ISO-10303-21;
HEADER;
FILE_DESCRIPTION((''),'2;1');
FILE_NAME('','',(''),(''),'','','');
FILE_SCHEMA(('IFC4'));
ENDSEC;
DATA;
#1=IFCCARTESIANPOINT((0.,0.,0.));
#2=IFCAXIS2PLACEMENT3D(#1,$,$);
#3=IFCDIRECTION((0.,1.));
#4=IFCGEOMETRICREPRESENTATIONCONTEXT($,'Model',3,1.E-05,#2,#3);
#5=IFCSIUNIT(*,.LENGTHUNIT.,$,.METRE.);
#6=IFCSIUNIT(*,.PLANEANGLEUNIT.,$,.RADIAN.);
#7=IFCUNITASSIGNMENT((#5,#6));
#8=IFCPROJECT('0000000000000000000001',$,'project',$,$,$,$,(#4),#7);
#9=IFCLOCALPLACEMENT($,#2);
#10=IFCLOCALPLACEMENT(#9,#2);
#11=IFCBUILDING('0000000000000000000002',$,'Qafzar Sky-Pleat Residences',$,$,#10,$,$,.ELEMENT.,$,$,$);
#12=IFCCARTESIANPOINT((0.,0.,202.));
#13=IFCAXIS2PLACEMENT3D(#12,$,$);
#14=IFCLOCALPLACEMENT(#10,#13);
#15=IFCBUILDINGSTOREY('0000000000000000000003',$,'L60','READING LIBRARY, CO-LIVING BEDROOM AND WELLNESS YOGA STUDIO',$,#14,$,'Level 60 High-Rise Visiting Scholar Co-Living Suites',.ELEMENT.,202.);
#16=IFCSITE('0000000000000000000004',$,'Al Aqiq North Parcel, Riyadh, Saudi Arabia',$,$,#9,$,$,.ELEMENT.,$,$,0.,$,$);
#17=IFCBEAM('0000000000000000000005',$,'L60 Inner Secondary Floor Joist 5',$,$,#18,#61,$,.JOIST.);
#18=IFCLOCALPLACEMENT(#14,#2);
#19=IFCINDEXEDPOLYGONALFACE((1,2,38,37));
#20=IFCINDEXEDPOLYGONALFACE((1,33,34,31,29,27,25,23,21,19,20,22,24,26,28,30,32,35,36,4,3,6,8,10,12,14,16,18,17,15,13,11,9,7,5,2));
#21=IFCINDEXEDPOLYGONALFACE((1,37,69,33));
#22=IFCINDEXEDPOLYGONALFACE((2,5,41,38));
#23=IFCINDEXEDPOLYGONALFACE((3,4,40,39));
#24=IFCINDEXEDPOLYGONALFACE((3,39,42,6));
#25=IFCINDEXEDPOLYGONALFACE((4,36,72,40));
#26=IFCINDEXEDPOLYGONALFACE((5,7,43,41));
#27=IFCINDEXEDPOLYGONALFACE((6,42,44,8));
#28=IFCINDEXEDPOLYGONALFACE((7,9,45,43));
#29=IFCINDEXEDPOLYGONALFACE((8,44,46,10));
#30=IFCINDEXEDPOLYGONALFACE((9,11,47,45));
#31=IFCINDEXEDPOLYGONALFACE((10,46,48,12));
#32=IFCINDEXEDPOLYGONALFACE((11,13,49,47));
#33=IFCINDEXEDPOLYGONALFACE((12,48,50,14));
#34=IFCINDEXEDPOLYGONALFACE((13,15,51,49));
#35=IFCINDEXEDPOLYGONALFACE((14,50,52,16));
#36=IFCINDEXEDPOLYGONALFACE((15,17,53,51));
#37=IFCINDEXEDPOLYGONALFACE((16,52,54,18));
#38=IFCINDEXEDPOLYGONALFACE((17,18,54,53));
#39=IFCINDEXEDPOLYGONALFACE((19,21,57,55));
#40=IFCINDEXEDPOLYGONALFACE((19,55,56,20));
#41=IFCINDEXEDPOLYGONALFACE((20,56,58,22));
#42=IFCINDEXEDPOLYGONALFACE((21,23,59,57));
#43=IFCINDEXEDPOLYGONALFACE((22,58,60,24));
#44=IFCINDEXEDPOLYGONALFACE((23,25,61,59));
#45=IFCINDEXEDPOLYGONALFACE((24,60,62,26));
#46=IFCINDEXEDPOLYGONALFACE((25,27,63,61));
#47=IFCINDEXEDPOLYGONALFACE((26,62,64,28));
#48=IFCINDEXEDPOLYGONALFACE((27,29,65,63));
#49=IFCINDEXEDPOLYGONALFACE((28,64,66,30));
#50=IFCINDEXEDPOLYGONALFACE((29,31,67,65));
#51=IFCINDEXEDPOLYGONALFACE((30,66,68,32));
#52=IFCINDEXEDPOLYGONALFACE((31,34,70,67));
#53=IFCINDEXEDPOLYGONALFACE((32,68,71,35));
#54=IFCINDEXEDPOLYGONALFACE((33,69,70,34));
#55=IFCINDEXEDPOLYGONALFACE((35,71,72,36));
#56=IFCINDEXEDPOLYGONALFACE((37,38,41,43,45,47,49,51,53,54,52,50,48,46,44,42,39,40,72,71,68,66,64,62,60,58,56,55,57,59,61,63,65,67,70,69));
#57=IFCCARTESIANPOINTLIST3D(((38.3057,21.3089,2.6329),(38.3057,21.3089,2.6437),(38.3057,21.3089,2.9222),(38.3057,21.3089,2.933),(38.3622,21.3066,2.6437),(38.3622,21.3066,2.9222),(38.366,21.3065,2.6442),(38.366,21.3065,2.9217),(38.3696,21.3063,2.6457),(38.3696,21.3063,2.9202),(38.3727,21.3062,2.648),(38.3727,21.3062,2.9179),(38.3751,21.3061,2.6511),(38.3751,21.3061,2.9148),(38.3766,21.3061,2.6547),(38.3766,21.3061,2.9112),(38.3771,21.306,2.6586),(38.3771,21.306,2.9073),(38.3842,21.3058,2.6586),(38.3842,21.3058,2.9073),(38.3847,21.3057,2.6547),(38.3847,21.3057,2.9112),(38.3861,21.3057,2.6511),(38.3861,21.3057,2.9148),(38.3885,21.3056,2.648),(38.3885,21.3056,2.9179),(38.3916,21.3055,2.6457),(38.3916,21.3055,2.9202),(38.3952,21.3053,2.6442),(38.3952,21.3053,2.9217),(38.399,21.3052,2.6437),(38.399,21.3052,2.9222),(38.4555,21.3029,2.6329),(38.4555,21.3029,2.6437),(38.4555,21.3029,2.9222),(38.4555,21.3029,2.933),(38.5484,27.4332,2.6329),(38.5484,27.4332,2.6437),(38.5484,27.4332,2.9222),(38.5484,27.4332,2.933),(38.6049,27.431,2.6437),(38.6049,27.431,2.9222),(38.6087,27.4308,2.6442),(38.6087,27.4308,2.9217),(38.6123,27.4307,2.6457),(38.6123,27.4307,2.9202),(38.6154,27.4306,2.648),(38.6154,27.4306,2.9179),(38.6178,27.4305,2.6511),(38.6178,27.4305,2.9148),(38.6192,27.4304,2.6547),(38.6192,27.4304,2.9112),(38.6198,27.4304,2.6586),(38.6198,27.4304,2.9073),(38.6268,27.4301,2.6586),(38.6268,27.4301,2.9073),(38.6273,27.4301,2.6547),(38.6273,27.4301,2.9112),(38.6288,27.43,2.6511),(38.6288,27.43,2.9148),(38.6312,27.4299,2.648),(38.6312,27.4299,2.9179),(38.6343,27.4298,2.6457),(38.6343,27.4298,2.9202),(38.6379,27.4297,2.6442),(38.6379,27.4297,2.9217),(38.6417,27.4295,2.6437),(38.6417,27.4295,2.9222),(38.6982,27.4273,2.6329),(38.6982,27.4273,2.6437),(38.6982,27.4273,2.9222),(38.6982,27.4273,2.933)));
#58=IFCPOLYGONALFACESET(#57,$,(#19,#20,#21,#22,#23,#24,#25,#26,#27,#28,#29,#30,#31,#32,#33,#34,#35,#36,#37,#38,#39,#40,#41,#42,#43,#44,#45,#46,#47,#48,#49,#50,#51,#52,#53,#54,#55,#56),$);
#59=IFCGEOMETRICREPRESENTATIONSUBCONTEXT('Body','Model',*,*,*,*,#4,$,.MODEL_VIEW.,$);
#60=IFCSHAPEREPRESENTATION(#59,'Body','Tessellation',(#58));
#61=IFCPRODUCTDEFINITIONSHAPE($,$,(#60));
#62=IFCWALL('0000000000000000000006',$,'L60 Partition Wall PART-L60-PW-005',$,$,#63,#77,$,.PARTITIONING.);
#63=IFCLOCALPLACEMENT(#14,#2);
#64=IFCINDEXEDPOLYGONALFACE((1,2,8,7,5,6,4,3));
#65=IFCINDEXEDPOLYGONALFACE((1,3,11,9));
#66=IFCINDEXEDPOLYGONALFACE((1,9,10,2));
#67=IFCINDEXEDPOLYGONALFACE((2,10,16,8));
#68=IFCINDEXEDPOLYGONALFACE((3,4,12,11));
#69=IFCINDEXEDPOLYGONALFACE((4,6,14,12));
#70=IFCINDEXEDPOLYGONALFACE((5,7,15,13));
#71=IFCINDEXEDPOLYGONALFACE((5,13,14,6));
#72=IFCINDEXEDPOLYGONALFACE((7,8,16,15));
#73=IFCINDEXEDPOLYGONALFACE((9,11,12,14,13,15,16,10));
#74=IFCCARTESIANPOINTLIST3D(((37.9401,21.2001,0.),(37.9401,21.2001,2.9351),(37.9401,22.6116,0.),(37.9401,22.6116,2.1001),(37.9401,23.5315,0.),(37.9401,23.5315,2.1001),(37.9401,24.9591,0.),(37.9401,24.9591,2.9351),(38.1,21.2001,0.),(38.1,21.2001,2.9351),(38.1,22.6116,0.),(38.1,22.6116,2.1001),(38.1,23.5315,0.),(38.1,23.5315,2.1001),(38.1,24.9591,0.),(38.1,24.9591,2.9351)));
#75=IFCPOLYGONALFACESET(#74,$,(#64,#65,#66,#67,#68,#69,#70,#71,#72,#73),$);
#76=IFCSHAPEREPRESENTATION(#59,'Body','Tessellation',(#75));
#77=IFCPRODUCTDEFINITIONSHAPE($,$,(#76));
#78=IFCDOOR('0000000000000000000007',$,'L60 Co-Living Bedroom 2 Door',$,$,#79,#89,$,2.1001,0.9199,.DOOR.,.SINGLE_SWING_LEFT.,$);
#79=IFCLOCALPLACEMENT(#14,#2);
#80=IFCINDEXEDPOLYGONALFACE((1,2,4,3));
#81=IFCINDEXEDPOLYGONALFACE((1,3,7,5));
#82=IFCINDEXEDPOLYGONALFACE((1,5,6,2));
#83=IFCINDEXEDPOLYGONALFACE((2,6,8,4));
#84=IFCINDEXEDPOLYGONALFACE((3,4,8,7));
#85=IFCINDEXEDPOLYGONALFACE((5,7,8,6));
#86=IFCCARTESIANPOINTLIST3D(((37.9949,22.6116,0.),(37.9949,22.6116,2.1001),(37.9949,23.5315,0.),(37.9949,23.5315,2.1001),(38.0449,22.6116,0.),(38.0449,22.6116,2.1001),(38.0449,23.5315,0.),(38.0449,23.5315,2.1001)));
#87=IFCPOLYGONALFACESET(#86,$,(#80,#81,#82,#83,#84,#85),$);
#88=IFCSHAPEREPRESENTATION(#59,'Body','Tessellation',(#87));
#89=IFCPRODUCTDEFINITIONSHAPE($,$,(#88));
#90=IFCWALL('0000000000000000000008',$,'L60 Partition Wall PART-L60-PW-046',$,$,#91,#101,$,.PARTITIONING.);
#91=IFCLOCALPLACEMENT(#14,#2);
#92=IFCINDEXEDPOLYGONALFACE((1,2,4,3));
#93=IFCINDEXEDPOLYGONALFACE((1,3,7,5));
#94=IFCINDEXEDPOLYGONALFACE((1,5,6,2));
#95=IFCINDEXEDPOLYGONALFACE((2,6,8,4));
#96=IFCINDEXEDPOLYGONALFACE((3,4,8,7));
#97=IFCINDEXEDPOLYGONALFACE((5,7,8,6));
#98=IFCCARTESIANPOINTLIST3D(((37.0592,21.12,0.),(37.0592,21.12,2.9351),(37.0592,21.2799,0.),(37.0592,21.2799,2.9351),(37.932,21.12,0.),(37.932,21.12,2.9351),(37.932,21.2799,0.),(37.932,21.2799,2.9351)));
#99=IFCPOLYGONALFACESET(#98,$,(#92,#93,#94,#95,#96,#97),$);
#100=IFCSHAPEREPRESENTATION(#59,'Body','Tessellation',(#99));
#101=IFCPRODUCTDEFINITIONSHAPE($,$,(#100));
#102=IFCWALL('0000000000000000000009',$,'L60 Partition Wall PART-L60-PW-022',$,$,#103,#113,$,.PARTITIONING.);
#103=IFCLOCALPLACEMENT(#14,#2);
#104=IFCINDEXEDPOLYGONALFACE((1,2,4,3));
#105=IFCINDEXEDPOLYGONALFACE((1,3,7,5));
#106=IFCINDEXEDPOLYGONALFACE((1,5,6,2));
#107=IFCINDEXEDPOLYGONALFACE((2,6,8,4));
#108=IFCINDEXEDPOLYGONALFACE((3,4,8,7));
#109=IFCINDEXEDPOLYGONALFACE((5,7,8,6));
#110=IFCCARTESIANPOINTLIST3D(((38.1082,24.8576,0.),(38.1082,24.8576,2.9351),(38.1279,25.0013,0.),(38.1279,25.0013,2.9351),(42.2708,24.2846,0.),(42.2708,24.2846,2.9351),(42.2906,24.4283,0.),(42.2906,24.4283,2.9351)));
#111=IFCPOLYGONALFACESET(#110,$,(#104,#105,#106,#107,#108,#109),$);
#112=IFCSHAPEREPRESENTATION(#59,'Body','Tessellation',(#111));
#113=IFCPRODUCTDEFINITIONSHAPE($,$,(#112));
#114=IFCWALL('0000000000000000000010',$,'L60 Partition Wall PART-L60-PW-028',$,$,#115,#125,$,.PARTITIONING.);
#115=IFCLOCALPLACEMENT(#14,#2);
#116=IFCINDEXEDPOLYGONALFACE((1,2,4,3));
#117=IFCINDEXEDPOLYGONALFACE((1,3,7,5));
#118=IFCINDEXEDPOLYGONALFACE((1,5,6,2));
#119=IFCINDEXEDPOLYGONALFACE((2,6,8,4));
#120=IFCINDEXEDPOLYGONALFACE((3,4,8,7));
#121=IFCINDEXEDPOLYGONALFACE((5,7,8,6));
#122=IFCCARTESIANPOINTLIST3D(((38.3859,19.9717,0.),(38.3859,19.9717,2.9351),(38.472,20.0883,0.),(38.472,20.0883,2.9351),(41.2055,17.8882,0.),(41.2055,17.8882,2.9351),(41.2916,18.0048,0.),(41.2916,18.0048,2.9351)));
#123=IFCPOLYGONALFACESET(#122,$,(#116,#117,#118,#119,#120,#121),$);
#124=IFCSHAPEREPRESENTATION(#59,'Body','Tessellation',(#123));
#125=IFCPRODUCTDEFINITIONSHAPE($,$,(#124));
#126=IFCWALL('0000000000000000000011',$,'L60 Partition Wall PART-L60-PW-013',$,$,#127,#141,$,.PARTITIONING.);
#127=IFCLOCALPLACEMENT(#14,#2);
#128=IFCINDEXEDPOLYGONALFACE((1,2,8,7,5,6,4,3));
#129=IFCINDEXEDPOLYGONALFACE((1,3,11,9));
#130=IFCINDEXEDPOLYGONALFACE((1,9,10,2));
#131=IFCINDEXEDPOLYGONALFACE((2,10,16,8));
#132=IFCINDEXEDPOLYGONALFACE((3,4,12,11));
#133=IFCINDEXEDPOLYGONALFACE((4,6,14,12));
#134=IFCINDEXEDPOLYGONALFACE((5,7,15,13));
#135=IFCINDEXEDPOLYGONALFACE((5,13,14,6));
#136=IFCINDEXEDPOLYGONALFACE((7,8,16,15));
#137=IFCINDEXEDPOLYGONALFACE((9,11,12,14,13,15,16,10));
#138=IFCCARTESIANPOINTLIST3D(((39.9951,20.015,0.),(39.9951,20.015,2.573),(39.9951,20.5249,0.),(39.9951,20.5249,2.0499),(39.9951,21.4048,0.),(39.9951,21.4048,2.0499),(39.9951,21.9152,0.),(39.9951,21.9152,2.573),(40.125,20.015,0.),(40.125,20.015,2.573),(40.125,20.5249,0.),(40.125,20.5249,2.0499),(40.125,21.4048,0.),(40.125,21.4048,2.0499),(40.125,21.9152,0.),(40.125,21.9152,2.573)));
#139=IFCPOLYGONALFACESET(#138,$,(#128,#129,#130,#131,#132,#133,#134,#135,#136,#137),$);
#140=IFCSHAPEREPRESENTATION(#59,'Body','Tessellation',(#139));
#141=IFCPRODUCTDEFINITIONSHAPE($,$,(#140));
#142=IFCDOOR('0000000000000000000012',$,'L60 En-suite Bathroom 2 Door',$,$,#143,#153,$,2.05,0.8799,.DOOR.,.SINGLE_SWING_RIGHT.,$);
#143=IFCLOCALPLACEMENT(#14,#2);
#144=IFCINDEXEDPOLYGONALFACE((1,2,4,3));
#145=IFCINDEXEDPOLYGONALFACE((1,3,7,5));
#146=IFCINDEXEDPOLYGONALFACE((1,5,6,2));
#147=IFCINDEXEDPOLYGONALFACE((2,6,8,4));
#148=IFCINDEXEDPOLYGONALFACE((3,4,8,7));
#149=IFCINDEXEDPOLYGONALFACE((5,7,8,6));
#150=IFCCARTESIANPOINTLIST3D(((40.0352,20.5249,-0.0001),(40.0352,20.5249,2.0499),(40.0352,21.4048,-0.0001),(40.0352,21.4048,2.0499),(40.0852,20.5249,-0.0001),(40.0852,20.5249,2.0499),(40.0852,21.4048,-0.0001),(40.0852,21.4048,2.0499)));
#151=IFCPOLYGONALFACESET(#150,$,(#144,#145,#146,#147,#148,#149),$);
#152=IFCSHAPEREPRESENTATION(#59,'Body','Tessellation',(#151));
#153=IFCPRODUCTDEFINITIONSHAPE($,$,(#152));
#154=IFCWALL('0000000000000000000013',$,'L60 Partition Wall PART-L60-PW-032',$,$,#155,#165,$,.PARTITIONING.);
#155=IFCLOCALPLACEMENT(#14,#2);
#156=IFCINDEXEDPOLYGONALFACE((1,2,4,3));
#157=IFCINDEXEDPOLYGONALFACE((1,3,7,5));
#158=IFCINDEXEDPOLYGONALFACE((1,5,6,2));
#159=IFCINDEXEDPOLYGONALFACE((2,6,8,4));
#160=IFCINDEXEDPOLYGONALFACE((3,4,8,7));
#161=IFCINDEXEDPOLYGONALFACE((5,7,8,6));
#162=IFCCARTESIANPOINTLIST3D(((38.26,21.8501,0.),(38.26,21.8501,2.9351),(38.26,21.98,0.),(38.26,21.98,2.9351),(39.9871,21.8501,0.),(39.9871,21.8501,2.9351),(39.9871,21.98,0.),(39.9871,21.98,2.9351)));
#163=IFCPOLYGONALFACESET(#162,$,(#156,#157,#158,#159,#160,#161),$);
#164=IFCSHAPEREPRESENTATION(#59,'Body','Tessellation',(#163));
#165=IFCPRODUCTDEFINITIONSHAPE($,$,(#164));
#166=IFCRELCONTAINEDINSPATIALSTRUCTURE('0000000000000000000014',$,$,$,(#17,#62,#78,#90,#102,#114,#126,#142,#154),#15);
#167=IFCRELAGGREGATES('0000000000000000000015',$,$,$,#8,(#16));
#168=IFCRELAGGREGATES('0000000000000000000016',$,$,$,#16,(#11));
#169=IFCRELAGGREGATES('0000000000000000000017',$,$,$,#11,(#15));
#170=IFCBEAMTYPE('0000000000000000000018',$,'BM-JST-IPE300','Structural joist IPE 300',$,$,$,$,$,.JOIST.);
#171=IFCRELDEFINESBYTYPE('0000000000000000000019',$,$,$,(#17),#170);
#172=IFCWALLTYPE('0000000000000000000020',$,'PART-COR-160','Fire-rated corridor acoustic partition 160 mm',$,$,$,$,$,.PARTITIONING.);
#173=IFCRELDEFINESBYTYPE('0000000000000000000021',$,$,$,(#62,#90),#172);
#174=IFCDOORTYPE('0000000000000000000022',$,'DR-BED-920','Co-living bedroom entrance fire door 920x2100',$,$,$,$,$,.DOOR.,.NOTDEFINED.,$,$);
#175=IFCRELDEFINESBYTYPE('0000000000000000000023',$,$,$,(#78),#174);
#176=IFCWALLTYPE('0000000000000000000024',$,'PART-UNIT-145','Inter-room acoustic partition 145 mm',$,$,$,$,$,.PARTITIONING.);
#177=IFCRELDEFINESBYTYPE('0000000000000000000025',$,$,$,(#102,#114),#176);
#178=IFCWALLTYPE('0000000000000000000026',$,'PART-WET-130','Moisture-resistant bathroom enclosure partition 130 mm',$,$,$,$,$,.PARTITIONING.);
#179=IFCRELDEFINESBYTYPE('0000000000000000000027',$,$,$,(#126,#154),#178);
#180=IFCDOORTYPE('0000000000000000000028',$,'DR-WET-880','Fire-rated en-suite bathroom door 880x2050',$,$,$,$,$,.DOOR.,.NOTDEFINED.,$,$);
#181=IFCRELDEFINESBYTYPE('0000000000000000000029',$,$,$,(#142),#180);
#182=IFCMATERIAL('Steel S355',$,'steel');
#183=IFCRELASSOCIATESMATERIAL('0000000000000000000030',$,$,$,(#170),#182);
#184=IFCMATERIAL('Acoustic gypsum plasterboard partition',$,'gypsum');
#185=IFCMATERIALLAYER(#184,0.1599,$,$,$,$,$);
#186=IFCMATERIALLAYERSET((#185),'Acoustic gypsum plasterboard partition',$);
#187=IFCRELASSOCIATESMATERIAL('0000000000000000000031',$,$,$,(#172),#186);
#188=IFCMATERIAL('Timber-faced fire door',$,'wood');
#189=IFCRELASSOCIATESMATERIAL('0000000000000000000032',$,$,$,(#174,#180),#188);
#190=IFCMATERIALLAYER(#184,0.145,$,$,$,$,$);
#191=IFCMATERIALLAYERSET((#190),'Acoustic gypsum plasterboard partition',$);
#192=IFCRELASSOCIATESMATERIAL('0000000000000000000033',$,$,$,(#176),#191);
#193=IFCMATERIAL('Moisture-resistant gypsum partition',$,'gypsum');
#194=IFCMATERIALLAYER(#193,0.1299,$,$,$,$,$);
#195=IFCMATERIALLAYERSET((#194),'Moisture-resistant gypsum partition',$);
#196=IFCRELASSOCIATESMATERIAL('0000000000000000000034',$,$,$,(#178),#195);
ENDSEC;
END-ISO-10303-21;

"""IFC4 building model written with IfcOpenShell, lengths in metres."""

from ifc_helpers import new_model, si_unit, direction, frame, frame_2d, origin, origin_2d, place, context, subcontext, project, spatial, rectangle, i_section, extrude, source, transform, mapped, material, layer, layer_set, material_profile, profile_set, type_object, element, fill, save


model = new_model("IFC4")

# Units and contexts
model_context = context("Model", 3, precision=1e-05, world=origin(), true_north=direction((0.0, 1.0)))
body_context = subcontext(model_context, "Body", "Model", "MODEL_VIEW")
ifc_project = project(units=[si_unit("LENGTHUNIT", "METRE"), si_unit("PLANEANGLEUNIT", "RADIAN")], contexts=[model_context])

# Site, building, storey
site_placement = place(None, origin())
site = spatial("IfcSite", under=ifc_project, at=site_placement, Name="Al Aqiq North Parcel, Riyadh, Saudi Arabia", CompositionType="ELEMENT", RefElevation=0.0)
building_placement = place(site_placement, origin())
building = spatial("IfcBuilding", under=site, at=building_placement, Name="Qafzar Sky-Pleat Residences", CompositionType="ELEMENT")
storey_placement = place(building_placement, frame((0.0, 0.0, 202.0)))
storey = spatial("IfcBuildingStorey", under=building, at=storey_placement, Name="L60", Description="READING LIBRARY, CO-LIVING BEDROOM AND WELLNESS YOGA STUDIO", LongName="Level 60 High-Rise Visiting Scholar Co-Living Suites", CompositionType="ELEMENT", Elevation=202.0)

# Shared definitions
ifc_material_1 = material(Name="Steel S355", Category="steel")

# Beam
ifc_material_profile_1 = material_profile(ifc_material_1, i_section(OverallWidth=0.1499, OverallDepth=0.3, WebThickness=0.0071, FlangeThickness=0.0107, FilletRadius=0.0149, at=origin_2d()), Name="IPE 300")
ifc_profile_set_1 = profile_set([ifc_material_profile_1], Name="Steel S355")
beam_type_1 = type_object("IfcBeamType", Name="BM-JST-IPE300", Description="Structural joist IPE 300", PredefinedType="JOIST", material=ifc_profile_set_1)
shared_shape_1 = source(origin(), body_context, "Body", "SweptSolid", [
    extrude(i_section(OverallWidth=0.1499, OverallDepth=0.3, WebThickness=0.0071, FlangeThickness=0.0107, FilletRadius=0.0149, at=origin_2d()), origin(), (0.0, 0.0, 1.0), 6.1292),
])
beam_1_placement = place(storey_placement, frame((38.3806, 21.3059, 2.783), z_axis=(0.039594, 0.999216, 0.0), x_axis=(-0.999216, 0.039594, 0.0)))
element("IfcBeam", 1, at=beam_1_placement, inside=storey, type_object=beam_type_1, Name="L60 Inner Secondary Floor Joist 5", PredefinedType="JOIST", context=body_context, shape_type="MappedRepresentation", body=[
    mapped(shared_shape_1, transform((0.0, 0.0, 0.0), x_axis=(1.0, 0.0, 0.0), y_axis=(0.0, 1.0, 0.0), z_axis=(0.0, 0.0, 1.0), scale=1.0)),
])

# Wall, opening, door
ifc_material_2 = material(Name="Acoustic gypsum plasterboard partition", Category="gypsum")
ifc_layer_1 = layer(ifc_material_2, 0.1599)
ifc_layer_set_1 = layer_set([ifc_layer_1], Name="Acoustic gypsum plasterboard partition")
wall_type_1 = type_object("IfcWallType", Name="PART-COR-160", Description="Fire-rated corridor acoustic partition 160 mm", PredefinedType="PARTITIONING", material=ifc_layer_set_1)
wall_1_placement = place(storey_placement, frame((38.02, 24.959, 0.0), z_axis=(0.0, 0.0, 1.0), x_axis=(0.0, -1.0, 0.0)))
wall_1 = element("IfcWall", 2, at=wall_1_placement, inside=storey, type_object=wall_type_1, Name="L60 Partition Wall PART-L60-PW-005", PredefinedType="PARTITIONING", context=body_context, shape_type="SweptSolid", body=[
    extrude(rectangle(XDim=3.759, YDim=0.1599, at=frame_2d((1.8794, 0.0))), origin(), (0.0, 0.0, 1.0), 2.9351),
])
opening_1_placement = place(wall_1_placement, frame((1.4275, 0.0, 0.0)))
opening_1 = element("IfcOpeningElement", 3, at=opening_1_placement, cuts=wall_1, PredefinedType="OPENING", context=body_context, shape_type="SweptSolid", body=[
    extrude(rectangle(XDim=0.9199, YDim=2.1001, at=frame_2d((0.46, 1.05))), frame((0.0, 0.0898, 0.0), z_axis=(0.0, -1.0, 0.0), x_axis=(1.0, 0.0, 0.0)), (0.0, 0.0, 1.0), 0.1799),
])
ifc_material_3 = material(Name="Timber-faced fire door", Category="wood")
door_type_1 = type_object("IfcDoorType", Name="DR-BED-920", Description="Co-living bedroom entrance fire door 920x2100", OperationType="NOTDEFINED", PredefinedType="DOOR", material=ifc_material_3)
shared_shape_2 = source(origin(), body_context, "Body", "SweptSolid", [
    extrude(rectangle(XDim=0.9199, YDim=2.1001, at=frame_2d((0.46, 1.05))), frame((0.0, 0.0249, 0.0), z_axis=(0.0, -1.0, 0.0), x_axis=(1.0, 0.0, 0.0)), (0.0, 0.0, 1.0), 0.05),
])
door_1_placement = place(opening_1_placement, origin())
door_1 = element("IfcDoor", 4, at=door_1_placement, inside=storey, type_object=door_type_1, Name="L60 Co-Living Bedroom 2 Door", OperationType="SINGLE_SWING_LEFT", OverallHeight=2.1001, OverallWidth=0.9199, PredefinedType="DOOR", context=body_context, shape_type="MappedRepresentation", body=[
    mapped(shared_shape_2, transform((0.0, 0.0, 0.0), x_axis=(1.0, 0.0, 0.0), y_axis=(0.0, 1.0, 0.0), z_axis=(0.0, 0.0, 1.0), scale=1.0)),
])
fill(opening_1, door_1)

# Walls
wall_2_placement = place(storey_placement, frame((37.0591, 21.2, 0.0), z_axis=(0.0, 0.0, 1.0), x_axis=(1.0, 0.0, 0.0)))
element("IfcWall", 5, at=wall_2_placement, inside=storey, type_object=wall_type_1, Name="L60 Partition Wall PART-L60-PW-046", PredefinedType="PARTITIONING", context=body_context, shape_type="SweptSolid", body=[
    extrude(rectangle(XDim=0.8728, YDim=0.1599, at=frame_2d((0.4365, 0.0))), origin(), (0.0, 0.0, 1.0), 2.9351),
])
ifc_layer_2 = layer(ifc_material_2, 0.145)
ifc_layer_set_2 = layer_set([ifc_layer_2], Name="Acoustic gypsum plasterboard partition")
wall_type_2 = type_object("IfcWallType", Name="PART-UNIT-145", Description="Inter-room acoustic partition 145 mm", PredefinedType="PARTITIONING", material=ifc_layer_set_2)
wall_3_placement = place(storey_placement, frame((38.1179, 24.9294, 0.0), z_axis=(0.0, 0.0, 1.0), x_axis=(0.990658, -0.136368, 0.0)))
element("IfcWall", 6, at=wall_3_placement, inside=storey, type_object=wall_type_2, Name="L60 Partition Wall PART-L60-PW-022", PredefinedType="PARTITIONING", context=body_context, shape_type="SweptSolid", body=[
    extrude(rectangle(XDim=4.2019, YDim=0.145, at=frame_2d((2.1011, 0.0))), origin(), (0.0, 0.0, 1.0), 2.9351),
])
wall_4_placement = place(storey_placement, frame((38.429, 20.03, 0.0), z_axis=(0.0, 0.0, 1.0), x_axis=(0.80425, -0.594291, 0.0)))
element("IfcWall", 7, at=wall_4_placement, inside=storey, type_object=wall_type_2, Name="L60 Partition Wall PART-L60-PW-028", PredefinedType="PARTITIONING", context=body_context, shape_type="SweptSolid", body=[
    extrude(rectangle(XDim=3.5059, YDim=0.145, at=frame_2d((1.7529, 0.0))), origin(), (0.0, 0.0, 1.0), 2.9351),
])

# Wall, opening, door
ifc_material_4 = material(Name="Moisture-resistant gypsum partition", Category="gypsum")
ifc_layer_3 = layer(ifc_material_4, 0.1299)
ifc_layer_set_3 = layer_set([ifc_layer_3], Name="Moisture-resistant gypsum partition")
wall_type_3 = type_object("IfcWallType", Name="PART-WET-130", Description="Moisture-resistant bathroom enclosure partition 130 mm", PredefinedType="PARTITIONING", material=ifc_layer_set_3)
wall_5_placement = place(storey_placement, frame((40.0601, 20.0149, 0.0), z_axis=(0.0, 0.0, 1.0), x_axis=(0.0, 1.0, 0.0)))
wall_5 = element("IfcWall", 8, at=wall_5_placement, inside=storey, type_object=wall_type_3, Name="L60 Partition Wall PART-L60-PW-013", PredefinedType="PARTITIONING", context=body_context, shape_type="SweptSolid", body=[
    extrude(rectangle(XDim=1.9001, YDim=0.1299, at=frame_2d((0.9502, 0.0))), origin(), (0.0, 0.0, 1.0), 2.573),
])
opening_2_placement = place(wall_5_placement, frame((0.51, 0.0, 0.0)))
opening_2 = element("IfcOpeningElement", 9, at=opening_2_placement, cuts=wall_5, PredefinedType="OPENING", context=body_context, shape_type="SweptSolid", body=[
    extrude(rectangle(XDim=0.8799, YDim=2.05, at=frame_2d((0.4399, 1.0249))), frame((0.0, 0.075, 0.0), z_axis=(0.0, -1.0, 0.0), x_axis=(1.0, 0.0, 0.0)), (0.0, 0.0, 1.0), 0.1499),
])
door_type_2 = type_object("IfcDoorType", Name="DR-WET-880", Description="Fire-rated en-suite bathroom door 880x2050", OperationType="NOTDEFINED", PredefinedType="DOOR", material=ifc_material_3)
shared_shape_3 = source(origin(), body_context, "Body", "SweptSolid", [
    extrude(rectangle(XDim=0.8799, YDim=2.05, at=frame_2d((0.4399, 1.0249))), frame((0.0, 0.0249, 0.0), z_axis=(0.0, -1.0, 0.0), x_axis=(1.0, 0.0, 0.0)), (0.0, 0.0, 1.0), 0.05),
])
door_2_placement = place(opening_2_placement, origin())
door_2 = element("IfcDoor", 10, at=door_2_placement, inside=storey, type_object=door_type_2, Name="L60 En-suite Bathroom 2 Door", OperationType="SINGLE_SWING_RIGHT", OverallHeight=2.05, OverallWidth=0.8799, PredefinedType="DOOR", context=body_context, shape_type="MappedRepresentation", body=[
    mapped(shared_shape_3, transform((0.0, 0.0, 0.0), x_axis=(1.0, 0.0, 0.0), y_axis=(0.0, 1.0, 0.0), z_axis=(0.0, 0.0, 1.0), scale=1.0)),
])
fill(opening_2, door_2)

# Wall
wall_6_placement = place(storey_placement, frame((38.26, 21.915, 0.0), z_axis=(0.0, 0.0, 1.0), x_axis=(1.0, 0.0, 0.0)))
element("IfcWall", 11, at=wall_6_placement, inside=storey, type_object=wall_type_3, Name="L60 Partition Wall PART-L60-PW-032", PredefinedType="PARTITIONING", context=body_context, shape_type="SweptSolid", body=[
    extrude(rectangle(XDim=1.7271, YDim=0.1299, at=frame_2d((0.8635, 0.0))), origin(), (0.0, 0.0, 1.0), 2.9351),
])

save(model, "model.ifc")
